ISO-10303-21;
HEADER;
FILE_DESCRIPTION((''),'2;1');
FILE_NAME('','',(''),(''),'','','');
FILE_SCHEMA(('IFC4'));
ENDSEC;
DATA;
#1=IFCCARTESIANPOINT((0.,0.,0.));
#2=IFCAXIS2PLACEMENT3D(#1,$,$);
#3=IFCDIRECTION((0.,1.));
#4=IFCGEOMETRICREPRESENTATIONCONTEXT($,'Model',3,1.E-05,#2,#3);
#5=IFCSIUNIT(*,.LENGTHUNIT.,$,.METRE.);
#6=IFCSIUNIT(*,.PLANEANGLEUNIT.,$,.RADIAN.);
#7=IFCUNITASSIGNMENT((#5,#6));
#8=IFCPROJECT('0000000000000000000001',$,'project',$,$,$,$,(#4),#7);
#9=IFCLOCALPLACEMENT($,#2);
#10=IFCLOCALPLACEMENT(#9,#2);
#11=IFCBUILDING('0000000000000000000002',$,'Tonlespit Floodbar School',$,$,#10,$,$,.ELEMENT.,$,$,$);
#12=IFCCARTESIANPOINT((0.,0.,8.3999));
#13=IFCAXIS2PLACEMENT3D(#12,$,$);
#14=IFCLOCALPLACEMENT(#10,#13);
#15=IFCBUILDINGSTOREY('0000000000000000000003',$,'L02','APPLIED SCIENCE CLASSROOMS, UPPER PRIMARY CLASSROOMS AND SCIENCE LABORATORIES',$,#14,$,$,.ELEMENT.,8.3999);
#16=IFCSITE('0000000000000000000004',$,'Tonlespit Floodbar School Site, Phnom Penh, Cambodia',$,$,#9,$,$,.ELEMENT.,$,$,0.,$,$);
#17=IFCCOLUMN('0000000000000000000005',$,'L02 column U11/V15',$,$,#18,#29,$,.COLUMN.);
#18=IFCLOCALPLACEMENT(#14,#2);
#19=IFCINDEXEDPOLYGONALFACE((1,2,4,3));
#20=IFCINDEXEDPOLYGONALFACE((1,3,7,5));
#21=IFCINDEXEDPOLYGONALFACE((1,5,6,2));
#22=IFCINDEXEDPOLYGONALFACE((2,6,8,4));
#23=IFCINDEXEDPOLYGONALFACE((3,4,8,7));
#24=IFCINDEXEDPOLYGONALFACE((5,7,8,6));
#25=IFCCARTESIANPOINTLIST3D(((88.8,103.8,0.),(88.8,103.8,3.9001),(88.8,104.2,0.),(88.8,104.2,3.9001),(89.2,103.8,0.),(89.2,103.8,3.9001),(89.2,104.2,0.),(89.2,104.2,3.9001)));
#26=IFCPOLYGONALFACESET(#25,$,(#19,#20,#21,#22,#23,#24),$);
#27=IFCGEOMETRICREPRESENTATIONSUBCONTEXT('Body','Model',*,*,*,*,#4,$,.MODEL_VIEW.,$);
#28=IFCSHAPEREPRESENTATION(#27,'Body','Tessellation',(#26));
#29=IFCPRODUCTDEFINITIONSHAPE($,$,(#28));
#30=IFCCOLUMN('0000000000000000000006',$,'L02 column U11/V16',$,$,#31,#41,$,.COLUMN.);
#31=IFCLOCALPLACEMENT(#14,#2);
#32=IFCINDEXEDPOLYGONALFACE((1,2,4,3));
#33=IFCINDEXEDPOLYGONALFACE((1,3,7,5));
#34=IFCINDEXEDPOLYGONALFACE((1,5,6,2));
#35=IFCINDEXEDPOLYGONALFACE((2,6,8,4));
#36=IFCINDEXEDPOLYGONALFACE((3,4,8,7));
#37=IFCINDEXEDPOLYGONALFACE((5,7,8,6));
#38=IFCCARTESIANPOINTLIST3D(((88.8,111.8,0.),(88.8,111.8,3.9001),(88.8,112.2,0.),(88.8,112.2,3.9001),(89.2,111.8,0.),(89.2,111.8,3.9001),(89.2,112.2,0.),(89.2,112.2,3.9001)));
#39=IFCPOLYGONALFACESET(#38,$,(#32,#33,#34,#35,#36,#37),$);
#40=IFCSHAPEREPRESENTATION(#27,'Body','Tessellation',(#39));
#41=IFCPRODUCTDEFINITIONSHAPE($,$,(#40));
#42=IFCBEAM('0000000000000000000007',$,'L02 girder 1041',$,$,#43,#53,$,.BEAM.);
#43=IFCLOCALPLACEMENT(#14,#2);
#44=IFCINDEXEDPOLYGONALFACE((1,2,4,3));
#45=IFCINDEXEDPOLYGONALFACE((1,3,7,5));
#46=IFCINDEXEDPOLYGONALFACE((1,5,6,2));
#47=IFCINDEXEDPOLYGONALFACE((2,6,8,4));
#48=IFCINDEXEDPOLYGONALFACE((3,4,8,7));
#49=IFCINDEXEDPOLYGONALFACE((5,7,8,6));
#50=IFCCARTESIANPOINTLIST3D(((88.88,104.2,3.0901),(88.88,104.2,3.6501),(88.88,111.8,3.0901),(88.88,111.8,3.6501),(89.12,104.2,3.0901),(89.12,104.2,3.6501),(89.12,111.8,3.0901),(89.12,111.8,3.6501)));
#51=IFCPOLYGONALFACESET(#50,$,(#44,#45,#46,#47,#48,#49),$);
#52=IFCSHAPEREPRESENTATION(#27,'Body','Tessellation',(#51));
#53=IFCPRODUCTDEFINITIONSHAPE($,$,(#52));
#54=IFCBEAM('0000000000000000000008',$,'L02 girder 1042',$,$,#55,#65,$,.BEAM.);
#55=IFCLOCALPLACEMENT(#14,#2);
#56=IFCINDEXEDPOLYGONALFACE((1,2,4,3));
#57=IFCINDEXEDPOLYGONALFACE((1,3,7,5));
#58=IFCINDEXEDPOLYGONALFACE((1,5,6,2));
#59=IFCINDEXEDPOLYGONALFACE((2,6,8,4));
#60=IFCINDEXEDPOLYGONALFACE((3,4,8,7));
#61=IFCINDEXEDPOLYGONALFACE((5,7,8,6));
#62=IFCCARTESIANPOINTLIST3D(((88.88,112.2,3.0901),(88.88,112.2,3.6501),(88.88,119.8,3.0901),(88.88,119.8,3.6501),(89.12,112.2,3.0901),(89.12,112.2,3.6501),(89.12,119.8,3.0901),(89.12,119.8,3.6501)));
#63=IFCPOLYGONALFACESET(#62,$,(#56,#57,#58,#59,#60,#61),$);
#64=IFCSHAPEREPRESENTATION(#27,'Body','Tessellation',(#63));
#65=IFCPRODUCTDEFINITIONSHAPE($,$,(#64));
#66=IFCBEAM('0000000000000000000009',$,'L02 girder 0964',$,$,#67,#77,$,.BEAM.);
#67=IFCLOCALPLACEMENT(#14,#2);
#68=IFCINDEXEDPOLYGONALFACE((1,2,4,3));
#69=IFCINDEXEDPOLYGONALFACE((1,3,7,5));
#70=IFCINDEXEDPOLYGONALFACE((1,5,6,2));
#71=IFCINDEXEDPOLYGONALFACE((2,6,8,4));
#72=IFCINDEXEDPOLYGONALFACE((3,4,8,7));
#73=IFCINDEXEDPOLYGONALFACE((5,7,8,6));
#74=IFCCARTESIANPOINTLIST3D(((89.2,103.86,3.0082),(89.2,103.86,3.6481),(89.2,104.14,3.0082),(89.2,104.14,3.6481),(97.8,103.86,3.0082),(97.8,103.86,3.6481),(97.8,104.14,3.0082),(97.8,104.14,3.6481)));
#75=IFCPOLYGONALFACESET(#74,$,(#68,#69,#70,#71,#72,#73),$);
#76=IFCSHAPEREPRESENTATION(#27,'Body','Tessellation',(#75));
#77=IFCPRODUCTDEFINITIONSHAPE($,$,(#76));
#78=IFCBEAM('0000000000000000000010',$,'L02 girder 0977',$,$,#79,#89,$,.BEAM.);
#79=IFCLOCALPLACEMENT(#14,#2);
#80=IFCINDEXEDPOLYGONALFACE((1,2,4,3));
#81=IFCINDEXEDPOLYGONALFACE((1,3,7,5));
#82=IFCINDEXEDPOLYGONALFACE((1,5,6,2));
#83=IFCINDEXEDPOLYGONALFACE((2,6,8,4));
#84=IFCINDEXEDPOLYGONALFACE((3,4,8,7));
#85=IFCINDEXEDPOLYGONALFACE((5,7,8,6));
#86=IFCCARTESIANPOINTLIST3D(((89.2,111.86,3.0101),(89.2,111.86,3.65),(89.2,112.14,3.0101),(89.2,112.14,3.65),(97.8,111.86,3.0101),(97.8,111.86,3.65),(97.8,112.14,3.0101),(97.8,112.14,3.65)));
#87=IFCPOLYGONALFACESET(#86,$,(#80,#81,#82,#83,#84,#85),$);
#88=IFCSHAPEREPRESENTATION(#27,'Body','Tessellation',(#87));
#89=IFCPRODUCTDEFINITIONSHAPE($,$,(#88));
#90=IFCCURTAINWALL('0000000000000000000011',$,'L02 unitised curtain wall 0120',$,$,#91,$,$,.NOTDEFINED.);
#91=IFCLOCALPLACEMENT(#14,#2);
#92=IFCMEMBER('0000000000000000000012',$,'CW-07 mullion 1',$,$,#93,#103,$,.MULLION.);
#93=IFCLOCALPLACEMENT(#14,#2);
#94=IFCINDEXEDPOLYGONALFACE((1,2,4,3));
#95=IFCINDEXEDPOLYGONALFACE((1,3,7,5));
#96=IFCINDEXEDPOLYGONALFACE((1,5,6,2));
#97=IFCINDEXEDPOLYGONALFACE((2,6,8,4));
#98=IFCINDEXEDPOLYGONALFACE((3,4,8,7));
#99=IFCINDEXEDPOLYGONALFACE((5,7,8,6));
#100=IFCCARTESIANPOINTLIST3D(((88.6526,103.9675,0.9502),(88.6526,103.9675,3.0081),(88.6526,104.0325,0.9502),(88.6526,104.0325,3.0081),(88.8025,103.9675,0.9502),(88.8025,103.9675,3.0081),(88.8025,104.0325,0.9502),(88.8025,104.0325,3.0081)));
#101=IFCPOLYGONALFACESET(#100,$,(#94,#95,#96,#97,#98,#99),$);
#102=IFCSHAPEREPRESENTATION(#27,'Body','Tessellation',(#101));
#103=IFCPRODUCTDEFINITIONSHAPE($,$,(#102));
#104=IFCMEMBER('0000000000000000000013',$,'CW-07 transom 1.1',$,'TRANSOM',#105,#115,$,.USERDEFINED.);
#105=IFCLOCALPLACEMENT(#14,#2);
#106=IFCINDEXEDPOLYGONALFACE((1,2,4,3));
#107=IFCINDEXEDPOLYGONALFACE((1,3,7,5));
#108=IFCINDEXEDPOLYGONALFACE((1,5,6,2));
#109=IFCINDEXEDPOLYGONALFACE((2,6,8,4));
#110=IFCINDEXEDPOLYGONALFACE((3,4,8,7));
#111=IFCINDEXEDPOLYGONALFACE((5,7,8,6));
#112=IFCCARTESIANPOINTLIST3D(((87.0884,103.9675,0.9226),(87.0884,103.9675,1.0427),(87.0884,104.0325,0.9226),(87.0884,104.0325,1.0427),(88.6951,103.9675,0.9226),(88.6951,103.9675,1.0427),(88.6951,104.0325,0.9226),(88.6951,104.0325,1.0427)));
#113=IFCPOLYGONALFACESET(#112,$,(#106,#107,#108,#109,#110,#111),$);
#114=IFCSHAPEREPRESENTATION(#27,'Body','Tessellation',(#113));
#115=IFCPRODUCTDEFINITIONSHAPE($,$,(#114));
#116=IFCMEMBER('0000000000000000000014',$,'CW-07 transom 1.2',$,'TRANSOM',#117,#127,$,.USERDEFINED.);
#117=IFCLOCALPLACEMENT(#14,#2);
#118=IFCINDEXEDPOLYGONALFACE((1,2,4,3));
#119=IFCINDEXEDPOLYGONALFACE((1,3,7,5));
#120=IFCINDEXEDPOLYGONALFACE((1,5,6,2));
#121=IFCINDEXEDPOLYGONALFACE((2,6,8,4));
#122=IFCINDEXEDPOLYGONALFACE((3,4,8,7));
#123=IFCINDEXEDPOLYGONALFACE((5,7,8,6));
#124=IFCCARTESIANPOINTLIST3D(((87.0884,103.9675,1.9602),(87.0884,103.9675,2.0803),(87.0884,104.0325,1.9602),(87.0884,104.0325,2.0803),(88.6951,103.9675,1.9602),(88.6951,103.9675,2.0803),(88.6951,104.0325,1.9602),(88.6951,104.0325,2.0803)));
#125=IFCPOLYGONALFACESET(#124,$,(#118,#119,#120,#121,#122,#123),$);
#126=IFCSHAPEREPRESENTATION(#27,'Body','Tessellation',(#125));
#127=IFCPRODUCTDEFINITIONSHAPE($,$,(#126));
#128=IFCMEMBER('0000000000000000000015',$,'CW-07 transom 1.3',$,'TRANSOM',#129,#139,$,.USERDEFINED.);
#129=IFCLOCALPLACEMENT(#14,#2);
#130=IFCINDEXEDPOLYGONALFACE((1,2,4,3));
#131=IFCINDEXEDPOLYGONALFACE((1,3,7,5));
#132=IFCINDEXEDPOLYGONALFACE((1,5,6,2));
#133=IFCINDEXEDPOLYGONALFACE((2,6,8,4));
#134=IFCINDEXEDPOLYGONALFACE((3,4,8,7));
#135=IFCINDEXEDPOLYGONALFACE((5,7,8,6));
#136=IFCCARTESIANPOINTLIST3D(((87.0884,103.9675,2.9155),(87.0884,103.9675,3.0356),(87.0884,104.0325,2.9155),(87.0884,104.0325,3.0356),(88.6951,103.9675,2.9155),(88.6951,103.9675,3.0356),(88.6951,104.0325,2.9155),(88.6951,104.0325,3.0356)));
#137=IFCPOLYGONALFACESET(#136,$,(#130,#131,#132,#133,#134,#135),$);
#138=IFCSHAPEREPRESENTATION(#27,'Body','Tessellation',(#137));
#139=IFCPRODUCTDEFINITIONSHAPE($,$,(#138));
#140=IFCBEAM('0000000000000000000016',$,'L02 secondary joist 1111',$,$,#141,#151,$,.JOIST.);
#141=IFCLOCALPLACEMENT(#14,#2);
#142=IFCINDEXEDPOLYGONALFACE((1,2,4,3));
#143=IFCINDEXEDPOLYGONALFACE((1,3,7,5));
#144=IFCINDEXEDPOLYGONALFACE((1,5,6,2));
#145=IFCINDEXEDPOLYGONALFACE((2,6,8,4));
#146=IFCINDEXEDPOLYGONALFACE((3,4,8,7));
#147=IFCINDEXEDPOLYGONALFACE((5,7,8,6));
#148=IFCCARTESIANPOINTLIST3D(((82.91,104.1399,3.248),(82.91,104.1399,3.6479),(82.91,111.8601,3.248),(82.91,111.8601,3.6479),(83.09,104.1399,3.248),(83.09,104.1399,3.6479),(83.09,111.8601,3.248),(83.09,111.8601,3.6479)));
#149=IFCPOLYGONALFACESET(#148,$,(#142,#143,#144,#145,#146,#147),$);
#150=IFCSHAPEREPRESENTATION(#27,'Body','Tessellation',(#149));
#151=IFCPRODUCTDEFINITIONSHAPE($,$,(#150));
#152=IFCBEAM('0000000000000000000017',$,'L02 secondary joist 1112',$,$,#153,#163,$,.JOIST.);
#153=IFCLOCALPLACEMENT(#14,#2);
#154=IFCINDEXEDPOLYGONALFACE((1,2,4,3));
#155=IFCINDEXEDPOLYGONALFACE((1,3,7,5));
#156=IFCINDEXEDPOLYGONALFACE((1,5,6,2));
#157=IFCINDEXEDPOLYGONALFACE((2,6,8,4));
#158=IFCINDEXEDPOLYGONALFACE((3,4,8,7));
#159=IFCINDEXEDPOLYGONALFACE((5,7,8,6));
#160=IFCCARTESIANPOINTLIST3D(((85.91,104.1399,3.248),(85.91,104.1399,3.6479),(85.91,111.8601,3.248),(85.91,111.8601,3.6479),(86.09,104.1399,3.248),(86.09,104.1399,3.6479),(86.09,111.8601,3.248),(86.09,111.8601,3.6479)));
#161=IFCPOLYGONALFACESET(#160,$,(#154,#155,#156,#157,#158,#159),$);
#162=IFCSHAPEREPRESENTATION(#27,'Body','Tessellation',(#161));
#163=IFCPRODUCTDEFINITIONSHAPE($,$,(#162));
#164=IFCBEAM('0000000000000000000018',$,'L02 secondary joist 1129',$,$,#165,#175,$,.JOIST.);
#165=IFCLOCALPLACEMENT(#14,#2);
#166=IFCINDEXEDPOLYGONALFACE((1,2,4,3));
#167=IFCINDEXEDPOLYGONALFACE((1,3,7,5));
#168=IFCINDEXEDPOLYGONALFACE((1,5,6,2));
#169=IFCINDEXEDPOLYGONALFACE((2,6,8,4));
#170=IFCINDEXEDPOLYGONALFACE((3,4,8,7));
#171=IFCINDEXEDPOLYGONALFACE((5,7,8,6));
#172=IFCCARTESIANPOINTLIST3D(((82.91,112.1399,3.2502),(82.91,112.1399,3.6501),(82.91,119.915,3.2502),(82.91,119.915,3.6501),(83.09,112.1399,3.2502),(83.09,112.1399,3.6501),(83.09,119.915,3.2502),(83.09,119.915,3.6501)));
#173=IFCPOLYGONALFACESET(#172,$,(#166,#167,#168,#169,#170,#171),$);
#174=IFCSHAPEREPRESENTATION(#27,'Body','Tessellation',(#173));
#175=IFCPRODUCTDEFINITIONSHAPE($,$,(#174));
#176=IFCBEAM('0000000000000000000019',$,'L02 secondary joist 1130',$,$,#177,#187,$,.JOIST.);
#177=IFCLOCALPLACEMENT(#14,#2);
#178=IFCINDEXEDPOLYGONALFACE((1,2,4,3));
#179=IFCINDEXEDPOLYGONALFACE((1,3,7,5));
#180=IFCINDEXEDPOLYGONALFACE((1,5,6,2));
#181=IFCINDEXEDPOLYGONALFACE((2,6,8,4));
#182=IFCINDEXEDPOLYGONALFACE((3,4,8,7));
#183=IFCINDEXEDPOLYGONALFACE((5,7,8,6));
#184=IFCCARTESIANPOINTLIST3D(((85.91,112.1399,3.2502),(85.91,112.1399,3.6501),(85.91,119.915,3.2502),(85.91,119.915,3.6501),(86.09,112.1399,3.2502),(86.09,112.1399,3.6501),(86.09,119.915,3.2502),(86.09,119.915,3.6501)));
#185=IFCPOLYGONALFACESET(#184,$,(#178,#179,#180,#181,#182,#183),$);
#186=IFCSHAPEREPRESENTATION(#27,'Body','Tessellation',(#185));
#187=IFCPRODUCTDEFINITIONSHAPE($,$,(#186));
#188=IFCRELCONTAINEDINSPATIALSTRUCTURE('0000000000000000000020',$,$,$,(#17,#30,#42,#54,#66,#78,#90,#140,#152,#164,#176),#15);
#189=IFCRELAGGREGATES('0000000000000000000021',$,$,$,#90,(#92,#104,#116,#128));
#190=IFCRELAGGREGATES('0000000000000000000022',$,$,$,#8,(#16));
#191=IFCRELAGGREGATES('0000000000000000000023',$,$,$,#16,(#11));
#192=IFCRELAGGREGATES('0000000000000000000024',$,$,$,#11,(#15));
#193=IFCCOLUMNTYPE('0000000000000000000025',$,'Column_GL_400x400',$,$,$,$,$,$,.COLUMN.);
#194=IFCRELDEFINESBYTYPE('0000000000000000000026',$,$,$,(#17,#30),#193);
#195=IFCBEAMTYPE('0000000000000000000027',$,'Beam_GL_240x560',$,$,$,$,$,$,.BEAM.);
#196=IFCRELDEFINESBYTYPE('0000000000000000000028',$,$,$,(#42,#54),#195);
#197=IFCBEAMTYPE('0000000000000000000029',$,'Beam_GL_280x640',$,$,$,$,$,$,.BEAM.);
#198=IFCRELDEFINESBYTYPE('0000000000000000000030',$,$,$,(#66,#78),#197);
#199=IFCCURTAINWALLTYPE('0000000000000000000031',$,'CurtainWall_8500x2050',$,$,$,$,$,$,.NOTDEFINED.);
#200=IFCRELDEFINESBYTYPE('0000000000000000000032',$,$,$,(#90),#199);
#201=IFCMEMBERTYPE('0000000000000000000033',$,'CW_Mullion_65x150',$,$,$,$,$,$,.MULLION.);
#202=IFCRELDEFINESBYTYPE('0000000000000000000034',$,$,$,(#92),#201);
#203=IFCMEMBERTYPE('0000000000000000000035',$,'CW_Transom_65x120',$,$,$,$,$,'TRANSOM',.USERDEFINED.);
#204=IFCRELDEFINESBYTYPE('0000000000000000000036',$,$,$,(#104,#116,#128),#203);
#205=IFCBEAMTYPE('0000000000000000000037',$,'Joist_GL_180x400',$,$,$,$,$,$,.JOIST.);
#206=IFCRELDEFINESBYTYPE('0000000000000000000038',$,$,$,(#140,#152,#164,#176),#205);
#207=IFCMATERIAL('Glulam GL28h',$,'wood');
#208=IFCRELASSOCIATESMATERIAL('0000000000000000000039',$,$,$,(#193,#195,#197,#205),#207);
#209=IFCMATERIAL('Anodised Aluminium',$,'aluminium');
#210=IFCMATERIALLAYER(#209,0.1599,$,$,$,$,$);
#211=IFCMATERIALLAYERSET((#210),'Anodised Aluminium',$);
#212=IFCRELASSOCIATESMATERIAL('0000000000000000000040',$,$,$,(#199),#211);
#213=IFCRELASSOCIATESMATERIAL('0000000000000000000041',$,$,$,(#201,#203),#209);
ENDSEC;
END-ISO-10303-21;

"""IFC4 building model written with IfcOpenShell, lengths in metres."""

from ifc_helpers import new_model, si_unit, direction, frame, origin, origin_2d, place, context, subcontext, project, spatial, rectangle, extrude, material, layer, layer_set, material_profile, profile_set, type_object, element, aggregate, save


model = new_model("IFC4")

# Units and contexts
model_context = context("Model", 3, precision=1e-05, world=origin(), true_north=direction((0.0, 1.0)))
body_context = subcontext(model_context, "Body", "Model", "MODEL_VIEW")
ifc_project = project(units=[si_unit("LENGTHUNIT", "METRE"), si_unit("PLANEANGLEUNIT", "RADIAN")], contexts=[model_context])

# Site, building, storey
site_placement = place(None, origin())
site = spatial("IfcSite", under=ifc_project, at=site_placement, Name="Tonlespit Floodbar School Site, Phnom Penh, Cambodia", CompositionType="ELEMENT", RefElevation=0.0)
building_placement = place(site_placement, origin())
building = spatial("IfcBuilding", under=site, at=building_placement, Name="Tonlespit Floodbar School", CompositionType="ELEMENT")
storey_placement = place(building_placement, frame((0.0, 0.0, 8.3999)))
storey = spatial("IfcBuildingStorey", under=building, at=storey_placement, Name="L02", Description="APPLIED SCIENCE CLASSROOMS, UPPER PRIMARY CLASSROOMS AND SCIENCE LABORATORIES", CompositionType="ELEMENT", Elevation=8.3999)

# Columns
ifc_material_1 = material(Name="Glulam GL28h", Category="wood")
ifc_material_profile_1 = material_profile(ifc_material_1, rectangle(XDim=0.3999, YDim=0.3999, at=origin_2d()), Name="GL 400x400")
ifc_profile_set_1 = profile_set([ifc_material_profile_1], Name="Glulam GL28h")
column_type = type_object("IfcColumnType", Name="Column_GL_400x400", PredefinedType="COLUMN", material=ifc_profile_set_1)
for number, where, z_axis, x_axis, name in (
    (1, (89.0, 104.0, 0.0), (0.0, 0.0, 1.0), (1.0, 0.0, 0.0), "L02 column U11/V15"),
    (2, (89.0, 112.0, 0.0), (0.0, 0.0, 1.0), (1.0, 0.0, 0.0), "L02 column U11/V16"),
):
    element("IfcColumn", number, at=place(storey_placement, frame(where, z_axis=z_axis, x_axis=x_axis)), inside=storey, type_object=column_type, Name=name, PredefinedType="COLUMN", context=body_context, shape_type="SweptSolid", body=[
        extrude(rectangle(XDim=0.3999, YDim=0.3999, at=origin_2d()), origin(), (0.0, 0.0, 1.0), 3.9001),
    ])

# Beams
ifc_material_profile_2 = material_profile(ifc_material_1, rectangle(XDim=0.24, YDim=0.5601, at=origin_2d()), Name="GL 240x560")
ifc_profile_set_2 = profile_set([ifc_material_profile_2], Name="Glulam GL28h")
beam_type_1 = type_object("IfcBeamType", Name="Beam_GL_240x560", PredefinedType="BEAM", material=ifc_profile_set_2)
for number, where, z_axis, x_axis, name in (
    (3, (89.0, 104.2, 3.3701), (0.0, 1.0, 0.0), (-1.0, 0.0, 0.0), "L02 girder 1041"),
    (4, (89.0, 112.2, 3.3701), (0.0, 1.0, 0.0), (-1.0, 0.0, 0.0), "L02 girder 1042"),
):
    element("IfcBeam", number, at=place(storey_placement, frame(where, z_axis=z_axis, x_axis=x_axis)), inside=storey, type_object=beam_type_1, Name=name, PredefinedType="BEAM", context=body_context, shape_type="SweptSolid", body=[
        extrude(rectangle(XDim=0.24, YDim=0.5601, at=origin_2d()), origin(), (0.0, 0.0, 1.0), 7.6001),
    ])
ifc_material_profile_3 = material_profile(ifc_material_1, rectangle(XDim=0.28, YDim=0.6399, at=origin_2d()), Name="GL 280x640")
ifc_profile_set_3 = profile_set([ifc_material_profile_3], Name="Glulam GL28h")
beam_type_2 = type_object("IfcBeamType", Name="Beam_GL_280x640", PredefinedType="BEAM", material=ifc_profile_set_3)
for number, where, z_axis, x_axis, name in (
    (5, (89.2, 104.0, 3.3281), (1.0, 0.0, 0.0), (0.0, 1.0, 0.0), "L02 girder 0964"),
    (6, (89.2, 112.0, 3.3301), (1.0, 0.0, 0.0), (0.0, 1.0, 0.0), "L02 girder 0977"),
):
    element("IfcBeam", number, at=place(storey_placement, frame(where, z_axis=z_axis, x_axis=x_axis)), inside=storey, type_object=beam_type_2, Name=name, PredefinedType="BEAM", context=body_context, shape_type="SweptSolid", body=[
        extrude(rectangle(XDim=0.28, YDim=0.6399, at=origin_2d()), origin(), (0.0, 0.0, 1.0), 8.6001),
    ])

# Curtain wall, members
ifc_material_2 = material(Name="Anodised Aluminium", Category="aluminium")
ifc_layer_1 = layer(ifc_material_2, 0.1599)
ifc_layer_set_1 = layer_set([ifc_layer_1], Name="Anodised Aluminium")
curtain_wall_type = type_object("IfcCurtainWallType", Name="CurtainWall_8500x2050", PredefinedType="NOTDEFINED", material=ifc_layer_set_1)
curtain_wall_placement = place(storey_placement, origin())
curtain_wall = element("IfcCurtainWall", 7, at=curtain_wall_placement, inside=storey, type_object=curtain_wall_type, Name="L02 unitised curtain wall 0120", PredefinedType="NOTDEFINED")
ifc_material_profile_4 = material_profile(ifc_material_2, rectangle(XDim=0.0649, YDim=0.1499, at=origin_2d()), Name="ALU M65x150")
ifc_profile_set_4 = profile_set([ifc_material_profile_4], Name="Anodised Aluminium")
member_type_1 = type_object("IfcMemberType", Name="CW_Mullion_65x150", PredefinedType="MULLION", material=ifc_profile_set_4)
member_1_placement = place(storey_placement, frame((88.7275, 104.0, 0.9502), z_axis=(0.0, 0.0, 1.0), x_axis=(0.0, -1.0, 0.0)))
member_1 = element("IfcMember", 8, at=member_1_placement, type_object=member_type_1, Name="CW-07 mullion 1", PredefinedType="MULLION", context=body_context, shape_type="SweptSolid", body=[
    extrude(rectangle(XDim=0.0649, YDim=0.1499, at=origin_2d()), origin(), (0.0, 0.0, 1.0), 2.0579),
])
ifc_material_profile_5 = material_profile(ifc_material_2, rectangle(XDim=0.0649, YDim=0.1201, at=origin_2d()), Name="ALU T65x120")
ifc_profile_set_5 = profile_set([ifc_material_profile_5], Name="Anodised Aluminium")
member_type_2 = type_object("IfcMemberType", Name="CW_Transom_65x120", ElementType="TRANSOM", PredefinedType="USERDEFINED", material=ifc_profile_set_5)
member_2_placement = place(storey_placement, frame((88.6951, 104.0, 0.9827), z_axis=(-1.0, 0.0, 0.0), x_axis=(0.0, -1.0, 0.0)))
member_2 = element("IfcMember", 9, at=member_2_placement, type_object=member_type_2, Name="CW-07 transom 1.1", ObjectType="TRANSOM", PredefinedType="USERDEFINED", context=body_context, shape_type="SweptSolid", body=[
    extrude(rectangle(XDim=0.0649, YDim=0.1201, at=origin_2d()), origin(), (0.0, 0.0, 1.0), 1.6067),
])
member_3_placement = place(storey_placement, frame((88.6951, 104.0, 2.0203), z_axis=(-1.0, 0.0, 0.0), x_axis=(0.0, -1.0, 0.0)))
member_3 = element("IfcMember", 10, at=member_3_placement, type_object=member_type_2, Name="CW-07 transom 1.2", ObjectType="TRANSOM", PredefinedType="USERDEFINED", context=body_context, shape_type="SweptSolid", body=[
    extrude(rectangle(XDim=0.0649, YDim=0.1201, at=origin_2d()), origin(), (0.0, 0.0, 1.0), 1.6067),
])
member_4_placement = place(storey_placement, frame((88.6951, 104.0, 2.9756), z_axis=(-1.0, 0.0, 0.0), x_axis=(0.0, -1.0, 0.0)))
member_4 = element("IfcMember", 11, at=member_4_placement, type_object=member_type_2, Name="CW-07 transom 1.3", ObjectType="TRANSOM", PredefinedType="USERDEFINED", context=body_context, shape_type="SweptSolid", body=[
    extrude(rectangle(XDim=0.0649, YDim=0.1201, at=origin_2d()), origin(), (0.0, 0.0, 1.0), 1.6067),
])

# Beams
ifc_material_profile_6 = material_profile(ifc_material_1, rectangle(XDim=0.1799, YDim=0.3999, at=origin_2d()), Name="GL 180x400")
ifc_profile_set_6 = profile_set([ifc_material_profile_6], Name="Glulam GL28h")
beam_type_3 = type_object("IfcBeamType", Name="Joist_GL_180x400", PredefinedType="JOIST", material=ifc_profile_set_6)
for number, where, z_axis, x_axis, name in (
    (12, (83.0, 104.1399, 3.448), (0.0, 1.0, 0.0), (-1.0, 0.0, 0.0), "L02 secondary joist 1111"),
    (13, (86.0, 104.1399, 3.448), (0.0, 1.0, 0.0), (-1.0, 0.0, 0.0), "L02 secondary joist 1112"),
):
    element("IfcBeam", number, at=place(storey_placement, frame(where, z_axis=z_axis, x_axis=x_axis)), inside=storey, type_object=beam_type_3, Name=name, PredefinedType="JOIST", context=body_context, shape_type="SweptSolid", body=[
        extrude(rectangle(XDim=0.1799, YDim=0.3999, at=origin_2d()), origin(), (0.0, 0.0, 1.0), 7.7202),
    ])
for number, where, z_axis, x_axis, name in (
    (14, (83.0, 112.1399, 3.4502), (0.0, 1.0, 0.0), (-1.0, 0.0, 0.0), "L02 secondary joist 1129"),
    (15, (86.0, 112.1399, 3.4502), (0.0, 1.0, 0.0), (-1.0, 0.0, 0.0), "L02 secondary joist 1130"),
):
    element("IfcBeam", number, at=place(storey_placement, frame(where, z_axis=z_axis, x_axis=x_axis)), inside=storey, type_object=beam_type_3, Name=name, PredefinedType="JOIST", context=body_context, shape_type="SweptSolid", body=[
        extrude(rectangle(XDim=0.1799, YDim=0.3999, at=origin_2d()), origin(), (0.0, 0.0, 1.0), 7.7751),
    ])

aggregate(curtain_wall, [member_1, member_2, member_3, member_4])

save(model, "model.ifc")
